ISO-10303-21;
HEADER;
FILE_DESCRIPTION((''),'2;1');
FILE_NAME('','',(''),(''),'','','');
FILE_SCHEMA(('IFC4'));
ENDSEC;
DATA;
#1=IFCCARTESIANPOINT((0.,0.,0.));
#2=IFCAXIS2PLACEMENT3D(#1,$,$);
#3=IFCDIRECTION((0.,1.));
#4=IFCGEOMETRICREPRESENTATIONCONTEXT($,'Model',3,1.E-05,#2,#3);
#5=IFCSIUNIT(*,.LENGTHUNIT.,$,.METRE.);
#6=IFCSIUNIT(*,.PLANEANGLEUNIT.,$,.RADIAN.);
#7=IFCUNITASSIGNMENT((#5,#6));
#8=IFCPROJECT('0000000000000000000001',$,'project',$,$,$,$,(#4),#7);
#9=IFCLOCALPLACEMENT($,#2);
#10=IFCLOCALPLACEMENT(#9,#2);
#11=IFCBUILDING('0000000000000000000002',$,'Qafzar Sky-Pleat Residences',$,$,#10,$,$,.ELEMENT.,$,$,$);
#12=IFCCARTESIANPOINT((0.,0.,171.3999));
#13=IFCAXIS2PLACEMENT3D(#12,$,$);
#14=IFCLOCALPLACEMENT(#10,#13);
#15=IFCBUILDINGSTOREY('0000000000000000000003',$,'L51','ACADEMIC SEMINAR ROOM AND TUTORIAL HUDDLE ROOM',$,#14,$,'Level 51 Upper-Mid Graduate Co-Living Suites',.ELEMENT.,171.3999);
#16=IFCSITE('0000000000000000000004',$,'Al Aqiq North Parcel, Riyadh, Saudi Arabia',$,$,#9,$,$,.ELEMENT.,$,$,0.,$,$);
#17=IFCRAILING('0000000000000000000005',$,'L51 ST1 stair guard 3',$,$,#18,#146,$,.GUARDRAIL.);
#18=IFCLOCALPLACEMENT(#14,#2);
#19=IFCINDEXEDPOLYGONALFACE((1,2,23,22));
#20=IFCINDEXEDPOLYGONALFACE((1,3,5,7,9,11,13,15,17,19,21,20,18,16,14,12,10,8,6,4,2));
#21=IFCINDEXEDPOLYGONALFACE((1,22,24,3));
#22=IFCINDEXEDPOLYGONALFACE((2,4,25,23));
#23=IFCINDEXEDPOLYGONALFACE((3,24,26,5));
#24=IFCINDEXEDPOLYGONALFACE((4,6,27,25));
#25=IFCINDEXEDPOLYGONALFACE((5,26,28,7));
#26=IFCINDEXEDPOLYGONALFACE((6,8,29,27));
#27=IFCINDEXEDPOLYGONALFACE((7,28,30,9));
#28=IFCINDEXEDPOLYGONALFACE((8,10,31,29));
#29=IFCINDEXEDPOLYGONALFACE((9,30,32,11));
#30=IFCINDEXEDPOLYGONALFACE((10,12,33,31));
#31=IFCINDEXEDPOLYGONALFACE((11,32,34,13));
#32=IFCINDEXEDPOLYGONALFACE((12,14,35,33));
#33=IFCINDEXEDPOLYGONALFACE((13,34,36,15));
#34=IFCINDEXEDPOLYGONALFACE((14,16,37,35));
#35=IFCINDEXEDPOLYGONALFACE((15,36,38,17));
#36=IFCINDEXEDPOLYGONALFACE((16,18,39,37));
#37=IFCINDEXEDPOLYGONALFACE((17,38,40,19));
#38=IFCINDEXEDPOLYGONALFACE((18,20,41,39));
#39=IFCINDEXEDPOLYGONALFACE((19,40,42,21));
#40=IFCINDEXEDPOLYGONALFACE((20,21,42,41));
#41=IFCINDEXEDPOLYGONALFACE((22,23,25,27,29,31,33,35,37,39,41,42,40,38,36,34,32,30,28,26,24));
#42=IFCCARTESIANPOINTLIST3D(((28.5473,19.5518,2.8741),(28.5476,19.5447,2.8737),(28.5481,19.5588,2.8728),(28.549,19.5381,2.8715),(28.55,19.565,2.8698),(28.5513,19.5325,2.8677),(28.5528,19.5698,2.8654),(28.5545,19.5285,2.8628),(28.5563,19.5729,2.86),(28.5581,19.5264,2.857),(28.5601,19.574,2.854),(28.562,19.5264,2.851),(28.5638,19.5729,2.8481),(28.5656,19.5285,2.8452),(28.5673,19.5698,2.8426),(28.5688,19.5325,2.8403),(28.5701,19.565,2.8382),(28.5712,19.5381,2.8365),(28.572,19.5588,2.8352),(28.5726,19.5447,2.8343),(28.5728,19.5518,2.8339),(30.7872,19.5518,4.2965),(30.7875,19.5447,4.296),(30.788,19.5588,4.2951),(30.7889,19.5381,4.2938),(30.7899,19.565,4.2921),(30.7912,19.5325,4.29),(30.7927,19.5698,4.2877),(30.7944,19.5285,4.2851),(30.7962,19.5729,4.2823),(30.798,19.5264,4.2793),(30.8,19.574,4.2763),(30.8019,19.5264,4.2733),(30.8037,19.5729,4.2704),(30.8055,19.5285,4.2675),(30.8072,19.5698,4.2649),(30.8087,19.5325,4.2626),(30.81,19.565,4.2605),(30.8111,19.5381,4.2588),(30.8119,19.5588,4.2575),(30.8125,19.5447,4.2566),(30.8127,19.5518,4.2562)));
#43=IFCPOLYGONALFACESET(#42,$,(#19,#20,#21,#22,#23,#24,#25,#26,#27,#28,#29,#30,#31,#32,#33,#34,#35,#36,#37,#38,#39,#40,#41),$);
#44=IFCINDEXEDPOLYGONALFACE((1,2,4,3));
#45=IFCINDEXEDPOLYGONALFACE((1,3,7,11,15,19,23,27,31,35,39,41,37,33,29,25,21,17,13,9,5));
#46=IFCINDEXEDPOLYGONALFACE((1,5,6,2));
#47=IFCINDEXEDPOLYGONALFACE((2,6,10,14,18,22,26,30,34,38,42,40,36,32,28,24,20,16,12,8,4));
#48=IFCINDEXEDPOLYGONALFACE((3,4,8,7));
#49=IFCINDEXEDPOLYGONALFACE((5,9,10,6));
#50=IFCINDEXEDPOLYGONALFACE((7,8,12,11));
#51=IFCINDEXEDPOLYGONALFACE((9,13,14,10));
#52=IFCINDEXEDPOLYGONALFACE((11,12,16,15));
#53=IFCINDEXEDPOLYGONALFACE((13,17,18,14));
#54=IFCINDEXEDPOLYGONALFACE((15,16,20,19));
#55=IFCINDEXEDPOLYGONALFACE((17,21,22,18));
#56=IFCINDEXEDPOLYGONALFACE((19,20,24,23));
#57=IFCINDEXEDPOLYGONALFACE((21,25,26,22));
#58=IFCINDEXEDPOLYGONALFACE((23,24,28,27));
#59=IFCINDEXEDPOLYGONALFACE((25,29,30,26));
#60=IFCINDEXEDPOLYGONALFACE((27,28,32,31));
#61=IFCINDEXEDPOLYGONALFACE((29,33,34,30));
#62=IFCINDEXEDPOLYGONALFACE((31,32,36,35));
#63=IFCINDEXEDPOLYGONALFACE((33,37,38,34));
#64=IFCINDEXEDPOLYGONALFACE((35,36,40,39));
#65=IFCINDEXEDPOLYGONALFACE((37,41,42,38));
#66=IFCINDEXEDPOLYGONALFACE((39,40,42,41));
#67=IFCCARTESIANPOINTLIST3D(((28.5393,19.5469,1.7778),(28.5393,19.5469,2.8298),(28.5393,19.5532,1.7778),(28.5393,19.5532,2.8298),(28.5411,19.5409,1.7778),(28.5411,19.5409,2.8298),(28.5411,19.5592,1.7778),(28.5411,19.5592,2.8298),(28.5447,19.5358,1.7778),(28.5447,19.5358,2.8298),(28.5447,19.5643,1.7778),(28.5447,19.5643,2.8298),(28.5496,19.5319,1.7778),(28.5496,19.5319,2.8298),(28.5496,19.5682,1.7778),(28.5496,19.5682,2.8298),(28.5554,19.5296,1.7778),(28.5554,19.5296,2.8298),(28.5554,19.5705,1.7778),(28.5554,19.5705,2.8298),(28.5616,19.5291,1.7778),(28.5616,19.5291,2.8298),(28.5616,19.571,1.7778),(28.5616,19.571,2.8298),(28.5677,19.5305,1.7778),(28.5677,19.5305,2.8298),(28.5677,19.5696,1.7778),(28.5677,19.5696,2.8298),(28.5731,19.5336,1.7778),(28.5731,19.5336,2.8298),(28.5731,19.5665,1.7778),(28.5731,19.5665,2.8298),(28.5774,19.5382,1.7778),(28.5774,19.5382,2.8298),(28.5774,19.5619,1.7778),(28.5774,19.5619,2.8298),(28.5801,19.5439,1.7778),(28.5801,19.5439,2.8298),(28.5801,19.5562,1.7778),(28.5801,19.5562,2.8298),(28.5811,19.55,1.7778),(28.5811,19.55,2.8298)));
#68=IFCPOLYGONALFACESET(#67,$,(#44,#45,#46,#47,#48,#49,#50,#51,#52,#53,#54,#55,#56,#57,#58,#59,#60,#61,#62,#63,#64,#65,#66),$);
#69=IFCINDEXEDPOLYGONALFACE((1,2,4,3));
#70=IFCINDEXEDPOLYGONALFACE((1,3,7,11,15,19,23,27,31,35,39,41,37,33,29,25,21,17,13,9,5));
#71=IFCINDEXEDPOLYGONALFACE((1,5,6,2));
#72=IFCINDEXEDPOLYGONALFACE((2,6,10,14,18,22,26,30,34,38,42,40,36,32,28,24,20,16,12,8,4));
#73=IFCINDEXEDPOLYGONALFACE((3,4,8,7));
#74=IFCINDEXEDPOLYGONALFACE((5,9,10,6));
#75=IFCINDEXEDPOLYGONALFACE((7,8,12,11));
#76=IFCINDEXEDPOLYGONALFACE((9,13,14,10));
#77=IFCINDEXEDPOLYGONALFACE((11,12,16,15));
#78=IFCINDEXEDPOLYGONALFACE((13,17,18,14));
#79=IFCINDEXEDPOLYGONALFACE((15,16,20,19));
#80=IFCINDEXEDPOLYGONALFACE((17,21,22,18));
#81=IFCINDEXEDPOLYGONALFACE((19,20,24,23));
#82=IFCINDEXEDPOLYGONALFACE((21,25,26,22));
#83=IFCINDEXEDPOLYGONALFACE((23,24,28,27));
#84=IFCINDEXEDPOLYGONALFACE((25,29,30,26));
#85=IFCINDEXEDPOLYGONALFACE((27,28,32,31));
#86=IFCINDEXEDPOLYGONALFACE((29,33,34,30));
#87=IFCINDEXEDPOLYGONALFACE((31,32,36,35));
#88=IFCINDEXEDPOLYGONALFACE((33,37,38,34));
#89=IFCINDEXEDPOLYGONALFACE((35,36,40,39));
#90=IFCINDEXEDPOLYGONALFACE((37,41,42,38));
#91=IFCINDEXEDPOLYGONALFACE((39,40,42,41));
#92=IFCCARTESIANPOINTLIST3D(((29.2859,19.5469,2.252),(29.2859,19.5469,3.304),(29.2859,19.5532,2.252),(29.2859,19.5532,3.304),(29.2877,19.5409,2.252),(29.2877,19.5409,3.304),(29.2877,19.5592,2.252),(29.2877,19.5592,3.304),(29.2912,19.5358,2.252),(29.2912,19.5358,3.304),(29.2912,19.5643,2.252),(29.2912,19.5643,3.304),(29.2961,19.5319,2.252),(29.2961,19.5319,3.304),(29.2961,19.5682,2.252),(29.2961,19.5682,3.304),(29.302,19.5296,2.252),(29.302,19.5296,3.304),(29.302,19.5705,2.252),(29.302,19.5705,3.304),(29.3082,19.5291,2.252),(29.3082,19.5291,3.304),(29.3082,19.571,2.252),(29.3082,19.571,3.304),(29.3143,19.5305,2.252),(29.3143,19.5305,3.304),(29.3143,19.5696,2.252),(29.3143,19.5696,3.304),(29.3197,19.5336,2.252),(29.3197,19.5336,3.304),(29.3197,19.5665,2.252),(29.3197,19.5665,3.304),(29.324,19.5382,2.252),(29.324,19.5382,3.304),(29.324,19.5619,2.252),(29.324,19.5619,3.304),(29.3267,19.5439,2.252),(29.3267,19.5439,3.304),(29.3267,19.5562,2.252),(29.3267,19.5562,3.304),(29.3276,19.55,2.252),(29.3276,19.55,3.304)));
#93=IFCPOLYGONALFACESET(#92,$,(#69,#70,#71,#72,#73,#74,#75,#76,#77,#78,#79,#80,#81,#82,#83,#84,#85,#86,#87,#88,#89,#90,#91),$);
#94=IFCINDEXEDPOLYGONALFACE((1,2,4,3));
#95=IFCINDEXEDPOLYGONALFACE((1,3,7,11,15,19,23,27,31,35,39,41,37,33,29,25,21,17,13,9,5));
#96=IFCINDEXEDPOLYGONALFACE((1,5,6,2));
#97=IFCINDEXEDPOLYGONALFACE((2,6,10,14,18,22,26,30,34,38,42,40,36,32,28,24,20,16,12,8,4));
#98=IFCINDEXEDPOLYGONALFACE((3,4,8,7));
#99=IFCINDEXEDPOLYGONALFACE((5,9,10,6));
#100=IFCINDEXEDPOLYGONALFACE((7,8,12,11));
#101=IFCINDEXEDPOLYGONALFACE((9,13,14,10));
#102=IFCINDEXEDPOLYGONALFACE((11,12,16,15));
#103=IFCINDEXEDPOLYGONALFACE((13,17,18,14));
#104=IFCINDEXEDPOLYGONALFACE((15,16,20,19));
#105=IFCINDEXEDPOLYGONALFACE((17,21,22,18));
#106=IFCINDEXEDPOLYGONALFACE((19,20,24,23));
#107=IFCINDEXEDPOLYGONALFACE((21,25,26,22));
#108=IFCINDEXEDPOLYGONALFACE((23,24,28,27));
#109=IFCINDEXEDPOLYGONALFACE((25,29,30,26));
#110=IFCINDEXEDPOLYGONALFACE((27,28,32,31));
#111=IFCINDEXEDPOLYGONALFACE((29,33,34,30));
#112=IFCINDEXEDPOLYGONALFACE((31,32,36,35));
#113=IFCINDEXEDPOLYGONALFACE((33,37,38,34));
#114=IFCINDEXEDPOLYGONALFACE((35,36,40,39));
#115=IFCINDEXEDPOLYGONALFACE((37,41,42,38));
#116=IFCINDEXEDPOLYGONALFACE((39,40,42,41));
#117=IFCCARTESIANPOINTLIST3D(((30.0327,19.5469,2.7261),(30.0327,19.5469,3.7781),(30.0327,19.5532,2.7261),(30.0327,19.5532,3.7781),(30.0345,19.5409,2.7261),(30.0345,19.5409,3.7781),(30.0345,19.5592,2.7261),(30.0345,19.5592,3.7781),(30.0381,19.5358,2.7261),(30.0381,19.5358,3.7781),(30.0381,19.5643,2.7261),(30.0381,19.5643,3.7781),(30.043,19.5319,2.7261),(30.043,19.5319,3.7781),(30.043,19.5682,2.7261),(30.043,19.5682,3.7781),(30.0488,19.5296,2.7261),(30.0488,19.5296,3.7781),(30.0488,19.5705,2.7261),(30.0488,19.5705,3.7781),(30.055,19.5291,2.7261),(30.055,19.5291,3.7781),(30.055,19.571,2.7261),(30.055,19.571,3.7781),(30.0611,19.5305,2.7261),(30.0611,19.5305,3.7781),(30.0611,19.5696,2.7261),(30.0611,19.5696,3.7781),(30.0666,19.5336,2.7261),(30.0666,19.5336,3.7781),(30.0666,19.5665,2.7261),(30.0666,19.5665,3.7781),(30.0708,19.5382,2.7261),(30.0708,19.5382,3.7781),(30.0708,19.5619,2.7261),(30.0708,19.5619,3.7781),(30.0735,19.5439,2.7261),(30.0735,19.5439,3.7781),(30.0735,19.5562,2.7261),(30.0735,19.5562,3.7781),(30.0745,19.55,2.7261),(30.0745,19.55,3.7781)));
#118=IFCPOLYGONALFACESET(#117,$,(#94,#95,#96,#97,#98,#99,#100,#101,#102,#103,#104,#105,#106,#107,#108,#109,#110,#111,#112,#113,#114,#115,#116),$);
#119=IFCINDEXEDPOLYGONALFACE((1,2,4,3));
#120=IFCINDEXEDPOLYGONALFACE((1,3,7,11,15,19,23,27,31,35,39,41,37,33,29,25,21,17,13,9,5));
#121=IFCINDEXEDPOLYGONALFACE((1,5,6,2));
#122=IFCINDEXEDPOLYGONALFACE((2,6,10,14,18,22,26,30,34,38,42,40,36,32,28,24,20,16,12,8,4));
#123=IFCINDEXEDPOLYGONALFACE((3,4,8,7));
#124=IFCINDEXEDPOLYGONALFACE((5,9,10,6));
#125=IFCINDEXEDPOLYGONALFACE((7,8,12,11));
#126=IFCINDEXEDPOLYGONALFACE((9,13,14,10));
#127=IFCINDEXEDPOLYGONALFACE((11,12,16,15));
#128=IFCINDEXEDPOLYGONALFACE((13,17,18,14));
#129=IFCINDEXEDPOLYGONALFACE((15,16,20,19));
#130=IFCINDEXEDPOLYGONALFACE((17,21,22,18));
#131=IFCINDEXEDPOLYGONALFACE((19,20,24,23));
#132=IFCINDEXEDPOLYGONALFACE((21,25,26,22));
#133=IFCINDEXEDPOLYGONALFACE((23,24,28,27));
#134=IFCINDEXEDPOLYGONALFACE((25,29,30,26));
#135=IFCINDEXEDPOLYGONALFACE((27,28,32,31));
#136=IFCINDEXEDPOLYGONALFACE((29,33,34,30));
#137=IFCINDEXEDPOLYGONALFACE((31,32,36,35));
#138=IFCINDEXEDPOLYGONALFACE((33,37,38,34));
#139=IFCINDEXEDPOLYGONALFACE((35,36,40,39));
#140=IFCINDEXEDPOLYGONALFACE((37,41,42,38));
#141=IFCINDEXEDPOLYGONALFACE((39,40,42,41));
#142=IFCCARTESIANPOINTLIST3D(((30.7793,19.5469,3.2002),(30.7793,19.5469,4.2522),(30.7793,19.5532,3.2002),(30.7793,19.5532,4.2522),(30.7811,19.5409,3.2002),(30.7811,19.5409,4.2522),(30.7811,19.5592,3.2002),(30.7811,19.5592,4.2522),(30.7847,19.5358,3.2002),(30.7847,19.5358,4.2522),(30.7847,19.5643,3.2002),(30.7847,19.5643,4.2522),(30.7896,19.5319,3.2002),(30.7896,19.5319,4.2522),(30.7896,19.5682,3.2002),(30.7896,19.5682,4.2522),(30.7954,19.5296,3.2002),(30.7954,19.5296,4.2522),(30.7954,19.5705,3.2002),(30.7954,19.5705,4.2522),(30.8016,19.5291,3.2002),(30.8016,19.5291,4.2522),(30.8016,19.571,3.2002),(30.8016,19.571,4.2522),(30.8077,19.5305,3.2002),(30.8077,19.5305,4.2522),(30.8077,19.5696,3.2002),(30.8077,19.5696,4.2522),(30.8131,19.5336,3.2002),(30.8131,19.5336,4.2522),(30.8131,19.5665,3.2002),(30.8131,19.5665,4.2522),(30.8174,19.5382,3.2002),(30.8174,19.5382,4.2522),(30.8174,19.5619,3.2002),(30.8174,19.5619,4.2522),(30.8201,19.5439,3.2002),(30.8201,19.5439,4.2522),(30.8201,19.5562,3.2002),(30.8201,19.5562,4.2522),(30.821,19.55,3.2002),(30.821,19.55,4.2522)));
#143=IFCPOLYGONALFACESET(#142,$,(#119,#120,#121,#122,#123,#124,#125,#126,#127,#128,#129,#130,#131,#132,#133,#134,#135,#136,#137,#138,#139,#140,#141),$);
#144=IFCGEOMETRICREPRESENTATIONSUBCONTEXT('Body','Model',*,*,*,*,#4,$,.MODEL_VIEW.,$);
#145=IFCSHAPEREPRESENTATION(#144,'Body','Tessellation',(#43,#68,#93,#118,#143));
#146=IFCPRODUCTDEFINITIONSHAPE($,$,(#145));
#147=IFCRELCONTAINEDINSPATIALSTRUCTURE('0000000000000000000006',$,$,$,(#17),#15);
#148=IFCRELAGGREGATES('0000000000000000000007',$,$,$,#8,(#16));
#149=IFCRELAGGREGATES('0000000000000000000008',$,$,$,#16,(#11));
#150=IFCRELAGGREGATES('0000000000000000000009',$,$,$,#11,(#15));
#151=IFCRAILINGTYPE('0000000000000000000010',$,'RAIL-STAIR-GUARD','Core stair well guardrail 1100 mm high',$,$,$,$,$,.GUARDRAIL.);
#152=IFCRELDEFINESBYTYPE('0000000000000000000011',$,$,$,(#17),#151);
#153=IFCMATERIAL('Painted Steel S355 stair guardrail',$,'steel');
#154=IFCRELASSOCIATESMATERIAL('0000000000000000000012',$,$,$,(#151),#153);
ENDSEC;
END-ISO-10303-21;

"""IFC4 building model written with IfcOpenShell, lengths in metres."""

from ifc_helpers import new_model, si_unit, direction, frame, origin, origin_2d, place, context, subcontext, project, spatial, circle, extrude, source, transform, mapped, material, type_object, element, save


model = new_model("IFC4")

# Units and contexts
model_context = context("Model", 3, precision=1e-05, world=origin(), true_north=direction((0.0, 1.0)))
body_context = subcontext(model_context, "Body", "Model", "MODEL_VIEW")
ifc_project = project(units=[si_unit("LENGTHUNIT", "METRE"), si_unit("PLANEANGLEUNIT", "RADIAN")], contexts=[model_context])

# Site, building, storey
site_placement = place(None, origin())
site = spatial("IfcSite", under=ifc_project, at=site_placement, Name="Al Aqiq North Parcel, Riyadh, Saudi Arabia", CompositionType="ELEMENT", RefElevation=0.0)
building_placement = place(site_placement, origin())
building = spatial("IfcBuilding", under=site, at=building_placement, Name="Qafzar Sky-Pleat Residences", CompositionType="ELEMENT")
storey_placement = place(building_placement, frame((0.0, 0.0, 171.3999)))
storey = spatial("IfcBuildingStorey", under=building, at=storey_placement, Name="L51", Description="ACADEMIC SEMINAR ROOM AND TUTORIAL HUDDLE ROOM", LongName="Level 51 Upper-Mid Graduate Co-Living Suites", CompositionType="ELEMENT", Elevation=171.3999)

# Railing
ifc_material_1 = material(Name="Painted Steel S355 stair guardrail", Category="steel")
railing_type_1 = type_object("IfcRailingType", Name="RAIL-STAIR-GUARD", Description="Core stair well guardrail 1100 mm high", PredefinedType="GUARDRAIL", material=ifc_material_1)
shared_shape_1 = source(origin(), body_context, "Body", "SweptSolid", [
    extrude(circle(Radius=0.0239, at=origin_2d()), frame((0.0, 0.0, 1.0762), z_axis=(0.844188, 0.0, 0.536048), x_axis=(0.0, 1.0, 0.0)), (0.0, 0.0, 1.0), 2.6533),
    extrude(circle(Radius=0.021, at=origin_2d()), origin(), (0.0, 0.0, 1.0), 1.052),
    extrude(circle(Radius=0.021, at=origin_2d()), frame((0.7466, 0.0, 0.4741)), (0.0, 0.0, 1.0), 1.052),
    extrude(circle(Radius=0.021, at=origin_2d()), frame((1.4934, 0.0, 0.9482)), (0.0, 0.0, 1.0), 1.052),
    extrude(circle(Radius=0.021, at=origin_2d()), frame((2.24, 0.0, 1.4224)), (0.0, 0.0, 1.0), 1.052),
])
railing_1_placement = place(storey_placement, frame((28.5601, 19.55, 1.7778)))
element("IfcRailing", 1, at=railing_1_placement, inside=storey, type_object=railing_type_1, Name="L51 ST1 stair guard 3", PredefinedType="GUARDRAIL", context=body_context, shape_type="MappedRepresentation", body=[
    mapped(shared_shape_1, transform((0.0, 0.0, 0.0), x_axis=(1.0, 0.0, 0.0), y_axis=(0.0, 1.0, 0.0), z_axis=(0.0, 0.0, 1.0), scale=1.0)),
])

save(model, "model.ifc")
